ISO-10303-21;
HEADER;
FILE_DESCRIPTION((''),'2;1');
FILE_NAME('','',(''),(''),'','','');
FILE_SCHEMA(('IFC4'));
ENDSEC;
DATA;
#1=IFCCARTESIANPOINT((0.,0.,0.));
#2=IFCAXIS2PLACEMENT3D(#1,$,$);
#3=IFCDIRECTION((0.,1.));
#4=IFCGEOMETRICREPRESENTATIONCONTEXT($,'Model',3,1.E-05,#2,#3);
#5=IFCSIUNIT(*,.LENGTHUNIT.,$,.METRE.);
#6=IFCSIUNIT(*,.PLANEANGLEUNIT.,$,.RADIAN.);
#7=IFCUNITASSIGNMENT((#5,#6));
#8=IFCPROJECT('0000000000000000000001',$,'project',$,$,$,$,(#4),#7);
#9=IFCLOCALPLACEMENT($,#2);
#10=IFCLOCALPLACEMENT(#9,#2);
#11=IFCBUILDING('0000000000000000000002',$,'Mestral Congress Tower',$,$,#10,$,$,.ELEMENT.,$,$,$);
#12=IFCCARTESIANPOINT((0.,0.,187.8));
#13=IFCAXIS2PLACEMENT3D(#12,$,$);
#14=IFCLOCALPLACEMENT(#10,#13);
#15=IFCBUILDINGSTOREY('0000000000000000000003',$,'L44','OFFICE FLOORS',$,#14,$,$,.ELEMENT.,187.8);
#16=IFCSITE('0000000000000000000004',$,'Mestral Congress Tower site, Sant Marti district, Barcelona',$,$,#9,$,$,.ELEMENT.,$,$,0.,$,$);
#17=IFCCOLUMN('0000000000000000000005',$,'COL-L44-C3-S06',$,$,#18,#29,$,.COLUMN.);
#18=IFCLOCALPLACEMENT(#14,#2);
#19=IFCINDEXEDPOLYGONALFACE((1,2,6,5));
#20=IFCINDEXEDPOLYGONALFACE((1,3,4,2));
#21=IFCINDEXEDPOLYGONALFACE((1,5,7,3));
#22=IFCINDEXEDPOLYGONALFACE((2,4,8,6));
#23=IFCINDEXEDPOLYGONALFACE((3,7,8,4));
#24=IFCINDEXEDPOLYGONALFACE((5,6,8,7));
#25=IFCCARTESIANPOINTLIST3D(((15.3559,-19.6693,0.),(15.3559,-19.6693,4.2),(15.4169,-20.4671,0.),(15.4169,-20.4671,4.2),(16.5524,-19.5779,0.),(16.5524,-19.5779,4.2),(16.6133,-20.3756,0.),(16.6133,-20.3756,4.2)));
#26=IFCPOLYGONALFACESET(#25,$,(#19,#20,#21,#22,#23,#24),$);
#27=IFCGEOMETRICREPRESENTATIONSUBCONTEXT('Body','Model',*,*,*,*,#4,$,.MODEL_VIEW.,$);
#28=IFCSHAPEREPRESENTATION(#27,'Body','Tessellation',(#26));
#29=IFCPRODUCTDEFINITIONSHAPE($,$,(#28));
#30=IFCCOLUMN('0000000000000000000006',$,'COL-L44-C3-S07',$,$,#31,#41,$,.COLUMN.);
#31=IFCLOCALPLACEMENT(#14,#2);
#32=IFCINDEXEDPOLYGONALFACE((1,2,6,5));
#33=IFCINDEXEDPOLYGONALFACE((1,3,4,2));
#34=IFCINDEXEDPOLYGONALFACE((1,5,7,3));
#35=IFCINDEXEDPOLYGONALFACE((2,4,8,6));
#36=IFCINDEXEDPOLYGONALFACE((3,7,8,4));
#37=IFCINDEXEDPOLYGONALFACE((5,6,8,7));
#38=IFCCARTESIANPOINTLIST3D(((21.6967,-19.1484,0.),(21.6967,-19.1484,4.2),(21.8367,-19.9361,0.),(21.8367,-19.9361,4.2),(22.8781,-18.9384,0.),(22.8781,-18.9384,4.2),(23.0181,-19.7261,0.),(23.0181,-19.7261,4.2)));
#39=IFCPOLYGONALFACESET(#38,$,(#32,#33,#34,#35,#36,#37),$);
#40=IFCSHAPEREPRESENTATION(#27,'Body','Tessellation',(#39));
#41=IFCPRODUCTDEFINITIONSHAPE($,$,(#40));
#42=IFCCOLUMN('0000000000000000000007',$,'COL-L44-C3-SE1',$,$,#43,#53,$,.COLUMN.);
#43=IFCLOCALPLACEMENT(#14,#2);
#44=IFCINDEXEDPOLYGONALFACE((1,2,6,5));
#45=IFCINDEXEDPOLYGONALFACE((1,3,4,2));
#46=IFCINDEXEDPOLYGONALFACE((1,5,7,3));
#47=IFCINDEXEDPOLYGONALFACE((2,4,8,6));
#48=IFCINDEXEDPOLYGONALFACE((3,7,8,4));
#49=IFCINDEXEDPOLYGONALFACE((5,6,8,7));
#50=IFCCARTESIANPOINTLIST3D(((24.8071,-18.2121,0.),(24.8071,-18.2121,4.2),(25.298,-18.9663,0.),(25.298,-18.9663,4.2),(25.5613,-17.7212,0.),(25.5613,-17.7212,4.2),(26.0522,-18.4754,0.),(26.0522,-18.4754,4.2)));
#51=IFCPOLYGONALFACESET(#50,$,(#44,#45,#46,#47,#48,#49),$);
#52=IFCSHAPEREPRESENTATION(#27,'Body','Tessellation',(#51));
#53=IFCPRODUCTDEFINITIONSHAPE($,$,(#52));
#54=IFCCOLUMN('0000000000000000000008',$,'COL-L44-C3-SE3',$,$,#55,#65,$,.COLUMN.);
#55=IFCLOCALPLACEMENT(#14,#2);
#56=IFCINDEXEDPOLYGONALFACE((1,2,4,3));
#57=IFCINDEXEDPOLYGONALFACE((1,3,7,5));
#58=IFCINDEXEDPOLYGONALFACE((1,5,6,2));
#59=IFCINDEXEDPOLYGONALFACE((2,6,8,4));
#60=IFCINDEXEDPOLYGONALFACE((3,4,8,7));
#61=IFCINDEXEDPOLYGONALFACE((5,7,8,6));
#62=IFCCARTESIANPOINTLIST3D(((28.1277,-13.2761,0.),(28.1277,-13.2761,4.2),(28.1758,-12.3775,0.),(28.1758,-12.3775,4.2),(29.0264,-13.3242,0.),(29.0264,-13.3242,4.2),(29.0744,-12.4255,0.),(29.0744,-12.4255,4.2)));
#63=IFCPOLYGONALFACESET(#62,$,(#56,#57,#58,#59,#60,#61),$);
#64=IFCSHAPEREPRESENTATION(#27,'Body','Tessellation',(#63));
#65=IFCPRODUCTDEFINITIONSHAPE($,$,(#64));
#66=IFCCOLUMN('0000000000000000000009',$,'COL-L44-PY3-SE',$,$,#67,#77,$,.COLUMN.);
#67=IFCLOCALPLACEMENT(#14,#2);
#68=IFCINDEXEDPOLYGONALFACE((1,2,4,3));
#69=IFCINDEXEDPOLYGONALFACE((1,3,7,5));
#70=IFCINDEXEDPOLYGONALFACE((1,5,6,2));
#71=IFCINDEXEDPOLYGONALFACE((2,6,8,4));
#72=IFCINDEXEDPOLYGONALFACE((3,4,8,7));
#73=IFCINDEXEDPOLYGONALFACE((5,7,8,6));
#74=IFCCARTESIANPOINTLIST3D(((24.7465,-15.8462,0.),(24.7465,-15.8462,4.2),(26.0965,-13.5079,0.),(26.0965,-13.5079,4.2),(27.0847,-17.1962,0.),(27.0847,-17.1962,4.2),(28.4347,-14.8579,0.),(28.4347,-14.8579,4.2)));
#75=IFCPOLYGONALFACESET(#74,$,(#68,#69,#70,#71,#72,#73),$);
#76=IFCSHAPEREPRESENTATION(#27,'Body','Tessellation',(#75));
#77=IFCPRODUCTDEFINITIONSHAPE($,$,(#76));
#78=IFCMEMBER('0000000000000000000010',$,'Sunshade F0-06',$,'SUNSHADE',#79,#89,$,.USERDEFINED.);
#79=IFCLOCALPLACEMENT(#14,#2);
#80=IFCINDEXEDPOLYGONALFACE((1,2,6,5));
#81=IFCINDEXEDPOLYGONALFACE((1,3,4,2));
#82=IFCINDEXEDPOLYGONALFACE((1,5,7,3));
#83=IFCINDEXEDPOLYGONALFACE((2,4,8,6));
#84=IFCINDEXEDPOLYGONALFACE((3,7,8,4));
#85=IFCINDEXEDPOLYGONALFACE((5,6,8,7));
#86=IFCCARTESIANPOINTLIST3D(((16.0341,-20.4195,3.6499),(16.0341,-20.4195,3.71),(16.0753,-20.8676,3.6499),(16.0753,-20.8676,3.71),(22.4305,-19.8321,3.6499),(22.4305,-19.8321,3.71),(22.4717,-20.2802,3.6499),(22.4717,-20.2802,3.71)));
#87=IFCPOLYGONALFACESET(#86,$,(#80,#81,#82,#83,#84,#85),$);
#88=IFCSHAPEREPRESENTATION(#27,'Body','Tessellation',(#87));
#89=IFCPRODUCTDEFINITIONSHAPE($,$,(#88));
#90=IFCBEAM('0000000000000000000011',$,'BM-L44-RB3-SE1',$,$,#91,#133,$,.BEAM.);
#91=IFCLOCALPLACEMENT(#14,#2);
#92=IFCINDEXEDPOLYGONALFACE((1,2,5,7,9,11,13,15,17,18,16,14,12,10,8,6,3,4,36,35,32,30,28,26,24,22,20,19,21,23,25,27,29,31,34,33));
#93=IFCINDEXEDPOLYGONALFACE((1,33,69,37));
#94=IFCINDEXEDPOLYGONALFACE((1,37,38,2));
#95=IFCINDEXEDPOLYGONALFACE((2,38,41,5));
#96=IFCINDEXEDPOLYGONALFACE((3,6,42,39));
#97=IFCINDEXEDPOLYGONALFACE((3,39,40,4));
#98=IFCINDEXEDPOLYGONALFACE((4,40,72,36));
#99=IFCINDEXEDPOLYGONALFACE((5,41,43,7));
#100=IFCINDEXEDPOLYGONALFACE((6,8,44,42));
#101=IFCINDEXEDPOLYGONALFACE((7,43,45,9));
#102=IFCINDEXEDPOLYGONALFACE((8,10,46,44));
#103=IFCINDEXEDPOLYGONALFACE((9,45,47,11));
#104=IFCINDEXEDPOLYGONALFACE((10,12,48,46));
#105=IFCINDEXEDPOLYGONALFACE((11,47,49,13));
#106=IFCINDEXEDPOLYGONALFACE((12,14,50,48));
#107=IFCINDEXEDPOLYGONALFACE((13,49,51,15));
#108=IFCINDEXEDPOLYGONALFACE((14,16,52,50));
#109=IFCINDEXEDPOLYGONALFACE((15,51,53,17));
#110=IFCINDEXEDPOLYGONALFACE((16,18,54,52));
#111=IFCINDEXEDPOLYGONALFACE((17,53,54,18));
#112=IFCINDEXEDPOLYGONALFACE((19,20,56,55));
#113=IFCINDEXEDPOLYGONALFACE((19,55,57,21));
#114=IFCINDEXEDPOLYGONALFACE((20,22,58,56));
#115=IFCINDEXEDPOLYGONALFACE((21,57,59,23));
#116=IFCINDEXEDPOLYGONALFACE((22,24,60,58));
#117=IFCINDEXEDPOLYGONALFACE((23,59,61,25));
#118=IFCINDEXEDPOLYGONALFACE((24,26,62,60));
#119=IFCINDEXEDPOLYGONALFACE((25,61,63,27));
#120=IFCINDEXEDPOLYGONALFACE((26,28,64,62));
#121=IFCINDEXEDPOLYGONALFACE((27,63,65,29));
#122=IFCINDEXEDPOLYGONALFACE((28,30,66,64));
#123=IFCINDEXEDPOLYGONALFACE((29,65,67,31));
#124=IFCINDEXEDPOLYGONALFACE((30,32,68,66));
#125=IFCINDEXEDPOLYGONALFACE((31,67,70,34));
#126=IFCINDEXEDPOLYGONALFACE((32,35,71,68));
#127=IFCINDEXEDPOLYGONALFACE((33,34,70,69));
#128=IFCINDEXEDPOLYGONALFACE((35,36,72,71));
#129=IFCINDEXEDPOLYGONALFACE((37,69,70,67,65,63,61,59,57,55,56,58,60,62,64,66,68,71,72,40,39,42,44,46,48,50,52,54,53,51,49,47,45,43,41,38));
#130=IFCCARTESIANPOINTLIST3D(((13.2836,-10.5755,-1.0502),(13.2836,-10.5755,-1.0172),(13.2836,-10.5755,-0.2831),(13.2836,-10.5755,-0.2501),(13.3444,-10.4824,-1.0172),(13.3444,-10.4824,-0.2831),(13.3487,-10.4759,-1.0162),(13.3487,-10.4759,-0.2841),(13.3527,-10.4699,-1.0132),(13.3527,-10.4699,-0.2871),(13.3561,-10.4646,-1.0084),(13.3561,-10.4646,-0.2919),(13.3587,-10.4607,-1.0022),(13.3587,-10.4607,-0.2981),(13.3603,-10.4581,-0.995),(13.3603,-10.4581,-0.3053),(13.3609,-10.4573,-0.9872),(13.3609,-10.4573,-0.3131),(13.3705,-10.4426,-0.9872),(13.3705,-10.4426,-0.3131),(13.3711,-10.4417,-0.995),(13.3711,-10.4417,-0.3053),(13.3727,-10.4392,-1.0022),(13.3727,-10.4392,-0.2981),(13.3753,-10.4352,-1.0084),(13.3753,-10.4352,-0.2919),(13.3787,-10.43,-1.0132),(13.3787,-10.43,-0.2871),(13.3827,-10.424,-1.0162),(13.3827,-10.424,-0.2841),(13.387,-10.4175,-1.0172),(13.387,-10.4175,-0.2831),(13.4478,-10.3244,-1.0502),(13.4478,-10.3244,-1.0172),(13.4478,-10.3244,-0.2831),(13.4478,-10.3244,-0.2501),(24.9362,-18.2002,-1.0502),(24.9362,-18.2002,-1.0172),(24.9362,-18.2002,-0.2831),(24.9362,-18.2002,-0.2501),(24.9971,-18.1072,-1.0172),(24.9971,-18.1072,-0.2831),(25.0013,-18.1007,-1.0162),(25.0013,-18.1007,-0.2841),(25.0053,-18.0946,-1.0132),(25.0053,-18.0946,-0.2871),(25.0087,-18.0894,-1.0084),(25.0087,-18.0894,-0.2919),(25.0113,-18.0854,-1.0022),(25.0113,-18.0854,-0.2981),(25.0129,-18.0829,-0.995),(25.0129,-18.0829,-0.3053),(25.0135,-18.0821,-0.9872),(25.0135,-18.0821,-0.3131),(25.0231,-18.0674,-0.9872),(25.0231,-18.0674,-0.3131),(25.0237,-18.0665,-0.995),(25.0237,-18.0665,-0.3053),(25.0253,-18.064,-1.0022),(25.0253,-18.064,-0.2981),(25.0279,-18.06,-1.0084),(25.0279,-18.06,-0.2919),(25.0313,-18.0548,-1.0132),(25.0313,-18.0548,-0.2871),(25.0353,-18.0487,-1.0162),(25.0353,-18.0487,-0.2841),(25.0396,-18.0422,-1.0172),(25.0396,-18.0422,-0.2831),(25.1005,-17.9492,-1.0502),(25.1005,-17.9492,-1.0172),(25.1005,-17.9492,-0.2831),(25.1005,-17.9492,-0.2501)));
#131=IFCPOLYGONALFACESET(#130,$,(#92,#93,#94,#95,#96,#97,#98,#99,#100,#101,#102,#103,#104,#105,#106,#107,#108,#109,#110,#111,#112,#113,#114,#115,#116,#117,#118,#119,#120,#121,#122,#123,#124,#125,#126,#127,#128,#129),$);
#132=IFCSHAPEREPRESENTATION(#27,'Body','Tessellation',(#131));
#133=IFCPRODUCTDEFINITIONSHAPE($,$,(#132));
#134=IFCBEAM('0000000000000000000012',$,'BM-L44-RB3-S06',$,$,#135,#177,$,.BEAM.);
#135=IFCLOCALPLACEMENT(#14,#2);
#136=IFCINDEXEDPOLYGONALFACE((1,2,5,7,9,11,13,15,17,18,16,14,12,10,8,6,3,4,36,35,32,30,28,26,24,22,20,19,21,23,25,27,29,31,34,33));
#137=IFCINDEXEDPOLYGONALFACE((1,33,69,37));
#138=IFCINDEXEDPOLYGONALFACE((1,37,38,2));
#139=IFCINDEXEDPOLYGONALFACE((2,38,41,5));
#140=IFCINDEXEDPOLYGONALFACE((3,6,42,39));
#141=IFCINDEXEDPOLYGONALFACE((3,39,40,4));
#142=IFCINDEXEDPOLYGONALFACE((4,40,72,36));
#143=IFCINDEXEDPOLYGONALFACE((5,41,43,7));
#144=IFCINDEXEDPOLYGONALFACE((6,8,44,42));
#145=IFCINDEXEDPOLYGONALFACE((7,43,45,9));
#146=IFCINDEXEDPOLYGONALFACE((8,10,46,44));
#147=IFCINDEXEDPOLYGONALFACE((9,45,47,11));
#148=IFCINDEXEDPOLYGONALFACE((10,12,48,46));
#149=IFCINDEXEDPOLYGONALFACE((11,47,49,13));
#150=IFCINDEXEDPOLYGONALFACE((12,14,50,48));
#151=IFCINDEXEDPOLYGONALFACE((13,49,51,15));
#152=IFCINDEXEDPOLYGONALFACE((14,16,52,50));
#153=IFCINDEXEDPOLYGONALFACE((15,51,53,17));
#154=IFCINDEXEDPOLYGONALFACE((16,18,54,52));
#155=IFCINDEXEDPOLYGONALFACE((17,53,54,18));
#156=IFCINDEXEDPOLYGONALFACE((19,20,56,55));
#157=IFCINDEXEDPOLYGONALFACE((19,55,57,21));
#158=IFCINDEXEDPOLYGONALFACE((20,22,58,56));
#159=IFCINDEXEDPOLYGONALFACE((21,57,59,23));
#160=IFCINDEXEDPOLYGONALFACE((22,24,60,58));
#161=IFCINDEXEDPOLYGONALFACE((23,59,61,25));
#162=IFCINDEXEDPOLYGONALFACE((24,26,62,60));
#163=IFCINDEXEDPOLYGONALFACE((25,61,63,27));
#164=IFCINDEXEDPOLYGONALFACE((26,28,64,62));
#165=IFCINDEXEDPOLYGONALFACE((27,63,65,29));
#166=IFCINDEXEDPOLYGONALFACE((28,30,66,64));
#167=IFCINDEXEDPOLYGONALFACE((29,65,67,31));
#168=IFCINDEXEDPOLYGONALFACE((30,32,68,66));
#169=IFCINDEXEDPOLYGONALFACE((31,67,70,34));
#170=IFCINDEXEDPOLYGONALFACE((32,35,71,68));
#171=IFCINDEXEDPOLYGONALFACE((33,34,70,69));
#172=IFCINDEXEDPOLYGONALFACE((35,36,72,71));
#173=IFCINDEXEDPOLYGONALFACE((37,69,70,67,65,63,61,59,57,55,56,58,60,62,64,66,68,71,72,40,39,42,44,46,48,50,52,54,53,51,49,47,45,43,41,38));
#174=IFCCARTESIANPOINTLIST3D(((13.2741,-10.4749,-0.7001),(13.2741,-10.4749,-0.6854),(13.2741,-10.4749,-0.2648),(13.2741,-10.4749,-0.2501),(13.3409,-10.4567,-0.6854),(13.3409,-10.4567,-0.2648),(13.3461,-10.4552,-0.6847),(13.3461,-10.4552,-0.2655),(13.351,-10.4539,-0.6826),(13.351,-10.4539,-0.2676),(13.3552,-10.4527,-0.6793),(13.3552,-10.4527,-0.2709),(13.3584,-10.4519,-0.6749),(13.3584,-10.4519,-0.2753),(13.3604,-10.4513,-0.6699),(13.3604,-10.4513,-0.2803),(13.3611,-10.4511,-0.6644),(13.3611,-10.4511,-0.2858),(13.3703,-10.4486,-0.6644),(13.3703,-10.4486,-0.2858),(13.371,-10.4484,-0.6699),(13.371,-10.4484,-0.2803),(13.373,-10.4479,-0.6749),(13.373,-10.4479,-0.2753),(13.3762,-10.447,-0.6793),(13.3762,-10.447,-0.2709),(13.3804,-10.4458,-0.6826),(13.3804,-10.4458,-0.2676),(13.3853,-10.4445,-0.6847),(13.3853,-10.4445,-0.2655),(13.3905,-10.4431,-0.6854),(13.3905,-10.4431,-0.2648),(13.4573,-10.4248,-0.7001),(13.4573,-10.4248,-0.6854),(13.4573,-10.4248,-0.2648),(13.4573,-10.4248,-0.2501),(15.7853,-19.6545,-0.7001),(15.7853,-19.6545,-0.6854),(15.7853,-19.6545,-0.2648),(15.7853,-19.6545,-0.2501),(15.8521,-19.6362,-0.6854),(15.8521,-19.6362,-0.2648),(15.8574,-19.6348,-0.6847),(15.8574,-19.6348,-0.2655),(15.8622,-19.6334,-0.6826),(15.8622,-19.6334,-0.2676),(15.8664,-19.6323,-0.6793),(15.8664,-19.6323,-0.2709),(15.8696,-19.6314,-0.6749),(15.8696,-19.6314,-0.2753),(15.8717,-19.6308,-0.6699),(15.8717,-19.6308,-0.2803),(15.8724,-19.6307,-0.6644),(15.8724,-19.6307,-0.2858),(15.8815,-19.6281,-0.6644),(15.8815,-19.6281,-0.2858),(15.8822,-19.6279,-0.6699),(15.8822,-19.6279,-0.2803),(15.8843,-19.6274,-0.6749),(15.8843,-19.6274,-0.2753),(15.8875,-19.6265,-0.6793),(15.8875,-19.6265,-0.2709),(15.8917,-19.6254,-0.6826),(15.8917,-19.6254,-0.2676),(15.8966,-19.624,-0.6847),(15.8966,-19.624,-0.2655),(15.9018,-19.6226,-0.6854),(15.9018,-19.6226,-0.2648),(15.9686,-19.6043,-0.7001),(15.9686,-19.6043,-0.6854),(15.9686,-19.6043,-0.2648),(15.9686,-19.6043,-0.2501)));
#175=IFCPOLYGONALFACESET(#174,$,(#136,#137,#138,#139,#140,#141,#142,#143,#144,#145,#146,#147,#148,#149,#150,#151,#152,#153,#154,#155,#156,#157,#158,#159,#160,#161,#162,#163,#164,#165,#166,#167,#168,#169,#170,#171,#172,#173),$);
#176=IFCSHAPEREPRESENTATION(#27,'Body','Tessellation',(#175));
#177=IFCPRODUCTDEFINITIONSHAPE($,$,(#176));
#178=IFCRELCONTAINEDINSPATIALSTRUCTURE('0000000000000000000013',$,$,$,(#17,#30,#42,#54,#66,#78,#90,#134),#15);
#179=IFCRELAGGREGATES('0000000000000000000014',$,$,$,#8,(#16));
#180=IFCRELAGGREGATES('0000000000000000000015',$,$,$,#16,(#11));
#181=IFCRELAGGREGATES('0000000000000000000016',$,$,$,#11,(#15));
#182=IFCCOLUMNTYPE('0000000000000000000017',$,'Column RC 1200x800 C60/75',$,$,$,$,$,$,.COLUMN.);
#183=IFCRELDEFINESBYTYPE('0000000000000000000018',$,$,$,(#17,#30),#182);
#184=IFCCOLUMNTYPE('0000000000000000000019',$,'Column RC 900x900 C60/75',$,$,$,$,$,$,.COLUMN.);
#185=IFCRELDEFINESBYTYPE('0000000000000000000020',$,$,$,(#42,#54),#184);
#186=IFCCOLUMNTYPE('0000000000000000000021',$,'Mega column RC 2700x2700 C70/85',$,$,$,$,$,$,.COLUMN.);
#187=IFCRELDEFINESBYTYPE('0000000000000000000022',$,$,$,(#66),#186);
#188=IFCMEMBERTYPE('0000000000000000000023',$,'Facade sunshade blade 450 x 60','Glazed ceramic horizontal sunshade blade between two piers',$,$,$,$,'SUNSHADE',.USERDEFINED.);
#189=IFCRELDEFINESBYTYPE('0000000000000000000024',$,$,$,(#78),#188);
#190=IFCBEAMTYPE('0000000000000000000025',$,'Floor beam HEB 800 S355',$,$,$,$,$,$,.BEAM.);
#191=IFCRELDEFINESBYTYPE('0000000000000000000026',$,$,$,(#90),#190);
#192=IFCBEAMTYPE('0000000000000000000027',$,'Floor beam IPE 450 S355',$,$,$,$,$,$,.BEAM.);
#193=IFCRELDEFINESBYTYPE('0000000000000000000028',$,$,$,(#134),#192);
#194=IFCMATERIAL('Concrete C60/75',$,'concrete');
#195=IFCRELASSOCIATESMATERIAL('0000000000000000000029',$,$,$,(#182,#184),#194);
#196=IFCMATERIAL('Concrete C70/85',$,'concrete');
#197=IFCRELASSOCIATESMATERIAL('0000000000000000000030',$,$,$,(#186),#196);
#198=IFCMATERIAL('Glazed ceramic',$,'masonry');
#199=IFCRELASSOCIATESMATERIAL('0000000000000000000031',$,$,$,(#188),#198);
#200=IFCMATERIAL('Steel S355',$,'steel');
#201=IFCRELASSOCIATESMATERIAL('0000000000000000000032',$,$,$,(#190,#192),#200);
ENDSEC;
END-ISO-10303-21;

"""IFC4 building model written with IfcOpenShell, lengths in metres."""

from ifc_helpers import new_model, si_unit, direction, frame, origin, origin_2d, place, context, subcontext, project, spatial, rectangle, i_section, extrude, material, material_profile, profile_set, type_object, element, save


model = new_model("IFC4")

# Units and contexts
model_context = context("Model", 3, precision=1e-05, world=origin(), true_north=direction((0.0, 1.0)))
body_context = subcontext(model_context, "Body", "Model", "MODEL_VIEW")
ifc_project = project(units=[si_unit("LENGTHUNIT", "METRE"), si_unit("PLANEANGLEUNIT", "RADIAN")], contexts=[model_context])

# Site, building, storey
site_placement = place(None, origin())
site = spatial("IfcSite", under=ifc_project, at=site_placement, Name="Mestral Congress Tower site, Sant Marti district, Barcelona", CompositionType="ELEMENT", RefElevation=0.0)
building_placement = place(site_placement, origin())
building = spatial("IfcBuilding", under=site, at=building_placement, Name="Mestral Congress Tower", CompositionType="ELEMENT")
storey_placement = place(building_placement, frame((0.0, 0.0, 187.8)))
storey = spatial("IfcBuildingStorey", under=building, at=storey_placement, Name="L44", Description="OFFICE FLOORS", CompositionType="ELEMENT", Elevation=187.8)

# Columns
ifc_material_1 = material(Name="Concrete C60/75", Category="concrete")
ifc_material_profile_1 = material_profile(ifc_material_1, rectangle(XDim=1.2, YDim=0.8, at=origin_2d()), Name="RC 1200x800")
ifc_profile_set_1 = profile_set([ifc_material_profile_1], Name="Concrete C60/75")
column_type_1 = type_object("IfcColumnType", Name="Column RC 1200x800 C60/75", PredefinedType="COLUMN", material=ifc_profile_set_1)
for number, where, z_axis, x_axis, name in (
    (1, (15.9846, -20.0225, 0.0), (0.0, 0.0, 1.0), (0.99709, 0.076237, 0.0), "COL-L44-C3-S06"),
    (2, (22.3574, -19.4373, 0.0), (0.0, 0.0, 1.0), (0.984571, 0.174985, 0.0), "COL-L44-C3-S07"),
):
    element("IfcColumn", number, at=place(storey_placement, frame(where, z_axis=z_axis, x_axis=x_axis)), inside=storey, type_object=column_type_1, Name=name, PredefinedType="COLUMN", context=body_context, shape_type="SweptSolid", body=[
        extrude(rectangle(XDim=1.2, YDim=0.8, at=origin_2d()), origin(), (0.0, 0.0, 1.0), 4.2),
    ])
ifc_material_profile_2 = material_profile(ifc_material_1, rectangle(XDim=0.8999, YDim=0.8999, at=origin_2d()), Name="RC 900x900")
ifc_profile_set_2 = profile_set([ifc_material_profile_2], Name="Concrete C60/75")
column_type_2 = type_object("IfcColumnType", Name="Column RC 900x900 C60/75", PredefinedType="COLUMN", material=ifc_profile_set_2)
for number, where, z_axis, x_axis, name in (
    (3, (25.4297, -18.3438, 0.0), (0.0, 0.0, 1.0), (0.838094, 0.545526, 0.0), "COL-L44-C3-SE1"),
    (4, (28.6011, -12.8508, 0.0), (0.0, 0.0, 1.0), (0.053392, 0.998574, 0.0), "COL-L44-C3-SE3"),
):
    element("IfcColumn", number, at=place(storey_placement, frame(where, z_axis=z_axis, x_axis=x_axis)), inside=storey, type_object=column_type_2, Name=name, PredefinedType="COLUMN", context=body_context, shape_type="SweptSolid", body=[
        extrude(rectangle(XDim=0.8999, YDim=0.8999, at=origin_2d()), origin(), (0.0, 0.0, 1.0), 4.2),
    ])
ifc_material_2 = material(Name="Concrete C70/85", Category="concrete")
ifc_material_profile_3 = material_profile(ifc_material_2, rectangle(XDim=2.7, YDim=2.7, at=origin_2d()), Name="RC 2700x2700")
ifc_profile_set_3 = profile_set([ifc_material_profile_3], Name="Concrete C70/85")
column_type_3 = type_object("IfcColumnType", Name="Mega column RC 2700x2700 C70/85", PredefinedType="COLUMN", material=ifc_profile_set_3)
column_placement = place(storey_placement, frame((26.5906, -15.3521, 0.0), z_axis=(0.0, 0.0, 1.0), x_axis=(0.866025, -0.5, 0.0)))
element("IfcColumn", 5, at=column_placement, inside=storey, type_object=column_type_3, Name="COL-L44-PY3-SE", PredefinedType="COLUMN", context=body_context, shape_type="SweptSolid", body=[
    extrude(rectangle(XDim=2.7, YDim=2.7, at=origin_2d()), origin(), (0.0, 0.0, 1.0), 4.2),
])

# Member
ifc_material_3 = material(Name="Glazed ceramic", Category="masonry")
ifc_material_profile_4 = material_profile(ifc_material_3, rectangle(XDim=0.45, YDim=0.0601, at=origin_2d()), Name="Ceramic blade 450 x 60")
ifc_profile_set_4 = profile_set([ifc_material_profile_4], Name="Glazed ceramic")
member_type = type_object("IfcMemberType", Name="Facade sunshade blade 450 x 60", Description="Glazed ceramic horizontal sunshade blade between two piers", ElementType="SUNSHADE", PredefinedType="USERDEFINED", material=ifc_profile_set_4)
member_placement = place(storey_placement, frame((16.0547, -20.6436, 3.6799), z_axis=(0.99581, 0.091447, 0.0), x_axis=(-0.091447, 0.99581, 0.0)))
element("IfcMember", 6, at=member_placement, inside=storey, type_object=member_type, Name="Sunshade F0-06", ObjectType="SUNSHADE", PredefinedType="USERDEFINED", context=body_context, shape_type="SweptSolid", body=[
    extrude(rectangle(XDim=0.45, YDim=0.0601, at=origin_2d()), origin(), (0.0, 0.0, 1.0), 6.4233),
])

# Beams
ifc_material_4 = material(Name="Steel S355", Category="steel")
ifc_material_profile_5 = material_profile(ifc_material_4, i_section(OverallWidth=0.3, OverallDepth=0.8, WebThickness=0.0176, FlangeThickness=0.033, FilletRadius=0.03, at=origin_2d()), Name="HEB 800")
ifc_profile_set_5 = profile_set([ifc_material_profile_5], Name="Steel S355")
beam_type_1 = type_object("IfcBeamType", Name="Floor beam HEB 800 S355", PredefinedType="BEAM", material=ifc_profile_set_5)
beam_1_placement = place(storey_placement, frame((25.0183, -18.0747, -0.6501), z_axis=(-0.83678, 0.547539, 0.0), x_axis=(-0.547539, -0.83678, 0.0)))
element("IfcBeam", 7, at=beam_1_placement, inside=storey, type_object=beam_type_1, Name="BM-L44-RB3-SE1", PredefinedType="BEAM", context=body_context, shape_type="SweptSolid", body=[
    extrude(i_section(OverallWidth=0.3, OverallDepth=0.8, WebThickness=0.0176, FlangeThickness=0.033, FilletRadius=0.03, at=origin_2d()), origin(), (0.0, 0.0, 1.0), 13.9255),
])
ifc_material_profile_6 = material_profile(ifc_material_4, i_section(OverallWidth=0.1899, OverallDepth=0.45, WebThickness=0.0095, FlangeThickness=0.0146, FilletRadius=0.021, at=origin_2d()), Name="IPE 450")
ifc_profile_set_6 = profile_set([ifc_material_profile_6], Name="Steel S355")
beam_type_2 = type_object("IfcBeamType", Name="Floor beam IPE 450 S355", PredefinedType="BEAM", material=ifc_profile_set_6)
beam_2_placement = place(storey_placement, frame((15.877, -19.6294, -0.4751), z_axis=(-0.263875, 0.964557, 0.0), x_axis=(-0.964557, -0.263875, 0.0)))
element("IfcBeam", 8, at=beam_2_placement, inside=storey, type_object=beam_type_2, Name="BM-L44-RB3-S06", PredefinedType="BEAM", context=body_context, shape_type="SweptSolid", body=[
    extrude(i_section(OverallWidth=0.1899, OverallDepth=0.45, WebThickness=0.0095, FlangeThickness=0.0146, FilletRadius=0.021, at=origin_2d()), origin(), (0.0, 0.0, 1.0), 9.5168),
])

save(model, "model.ifc")
